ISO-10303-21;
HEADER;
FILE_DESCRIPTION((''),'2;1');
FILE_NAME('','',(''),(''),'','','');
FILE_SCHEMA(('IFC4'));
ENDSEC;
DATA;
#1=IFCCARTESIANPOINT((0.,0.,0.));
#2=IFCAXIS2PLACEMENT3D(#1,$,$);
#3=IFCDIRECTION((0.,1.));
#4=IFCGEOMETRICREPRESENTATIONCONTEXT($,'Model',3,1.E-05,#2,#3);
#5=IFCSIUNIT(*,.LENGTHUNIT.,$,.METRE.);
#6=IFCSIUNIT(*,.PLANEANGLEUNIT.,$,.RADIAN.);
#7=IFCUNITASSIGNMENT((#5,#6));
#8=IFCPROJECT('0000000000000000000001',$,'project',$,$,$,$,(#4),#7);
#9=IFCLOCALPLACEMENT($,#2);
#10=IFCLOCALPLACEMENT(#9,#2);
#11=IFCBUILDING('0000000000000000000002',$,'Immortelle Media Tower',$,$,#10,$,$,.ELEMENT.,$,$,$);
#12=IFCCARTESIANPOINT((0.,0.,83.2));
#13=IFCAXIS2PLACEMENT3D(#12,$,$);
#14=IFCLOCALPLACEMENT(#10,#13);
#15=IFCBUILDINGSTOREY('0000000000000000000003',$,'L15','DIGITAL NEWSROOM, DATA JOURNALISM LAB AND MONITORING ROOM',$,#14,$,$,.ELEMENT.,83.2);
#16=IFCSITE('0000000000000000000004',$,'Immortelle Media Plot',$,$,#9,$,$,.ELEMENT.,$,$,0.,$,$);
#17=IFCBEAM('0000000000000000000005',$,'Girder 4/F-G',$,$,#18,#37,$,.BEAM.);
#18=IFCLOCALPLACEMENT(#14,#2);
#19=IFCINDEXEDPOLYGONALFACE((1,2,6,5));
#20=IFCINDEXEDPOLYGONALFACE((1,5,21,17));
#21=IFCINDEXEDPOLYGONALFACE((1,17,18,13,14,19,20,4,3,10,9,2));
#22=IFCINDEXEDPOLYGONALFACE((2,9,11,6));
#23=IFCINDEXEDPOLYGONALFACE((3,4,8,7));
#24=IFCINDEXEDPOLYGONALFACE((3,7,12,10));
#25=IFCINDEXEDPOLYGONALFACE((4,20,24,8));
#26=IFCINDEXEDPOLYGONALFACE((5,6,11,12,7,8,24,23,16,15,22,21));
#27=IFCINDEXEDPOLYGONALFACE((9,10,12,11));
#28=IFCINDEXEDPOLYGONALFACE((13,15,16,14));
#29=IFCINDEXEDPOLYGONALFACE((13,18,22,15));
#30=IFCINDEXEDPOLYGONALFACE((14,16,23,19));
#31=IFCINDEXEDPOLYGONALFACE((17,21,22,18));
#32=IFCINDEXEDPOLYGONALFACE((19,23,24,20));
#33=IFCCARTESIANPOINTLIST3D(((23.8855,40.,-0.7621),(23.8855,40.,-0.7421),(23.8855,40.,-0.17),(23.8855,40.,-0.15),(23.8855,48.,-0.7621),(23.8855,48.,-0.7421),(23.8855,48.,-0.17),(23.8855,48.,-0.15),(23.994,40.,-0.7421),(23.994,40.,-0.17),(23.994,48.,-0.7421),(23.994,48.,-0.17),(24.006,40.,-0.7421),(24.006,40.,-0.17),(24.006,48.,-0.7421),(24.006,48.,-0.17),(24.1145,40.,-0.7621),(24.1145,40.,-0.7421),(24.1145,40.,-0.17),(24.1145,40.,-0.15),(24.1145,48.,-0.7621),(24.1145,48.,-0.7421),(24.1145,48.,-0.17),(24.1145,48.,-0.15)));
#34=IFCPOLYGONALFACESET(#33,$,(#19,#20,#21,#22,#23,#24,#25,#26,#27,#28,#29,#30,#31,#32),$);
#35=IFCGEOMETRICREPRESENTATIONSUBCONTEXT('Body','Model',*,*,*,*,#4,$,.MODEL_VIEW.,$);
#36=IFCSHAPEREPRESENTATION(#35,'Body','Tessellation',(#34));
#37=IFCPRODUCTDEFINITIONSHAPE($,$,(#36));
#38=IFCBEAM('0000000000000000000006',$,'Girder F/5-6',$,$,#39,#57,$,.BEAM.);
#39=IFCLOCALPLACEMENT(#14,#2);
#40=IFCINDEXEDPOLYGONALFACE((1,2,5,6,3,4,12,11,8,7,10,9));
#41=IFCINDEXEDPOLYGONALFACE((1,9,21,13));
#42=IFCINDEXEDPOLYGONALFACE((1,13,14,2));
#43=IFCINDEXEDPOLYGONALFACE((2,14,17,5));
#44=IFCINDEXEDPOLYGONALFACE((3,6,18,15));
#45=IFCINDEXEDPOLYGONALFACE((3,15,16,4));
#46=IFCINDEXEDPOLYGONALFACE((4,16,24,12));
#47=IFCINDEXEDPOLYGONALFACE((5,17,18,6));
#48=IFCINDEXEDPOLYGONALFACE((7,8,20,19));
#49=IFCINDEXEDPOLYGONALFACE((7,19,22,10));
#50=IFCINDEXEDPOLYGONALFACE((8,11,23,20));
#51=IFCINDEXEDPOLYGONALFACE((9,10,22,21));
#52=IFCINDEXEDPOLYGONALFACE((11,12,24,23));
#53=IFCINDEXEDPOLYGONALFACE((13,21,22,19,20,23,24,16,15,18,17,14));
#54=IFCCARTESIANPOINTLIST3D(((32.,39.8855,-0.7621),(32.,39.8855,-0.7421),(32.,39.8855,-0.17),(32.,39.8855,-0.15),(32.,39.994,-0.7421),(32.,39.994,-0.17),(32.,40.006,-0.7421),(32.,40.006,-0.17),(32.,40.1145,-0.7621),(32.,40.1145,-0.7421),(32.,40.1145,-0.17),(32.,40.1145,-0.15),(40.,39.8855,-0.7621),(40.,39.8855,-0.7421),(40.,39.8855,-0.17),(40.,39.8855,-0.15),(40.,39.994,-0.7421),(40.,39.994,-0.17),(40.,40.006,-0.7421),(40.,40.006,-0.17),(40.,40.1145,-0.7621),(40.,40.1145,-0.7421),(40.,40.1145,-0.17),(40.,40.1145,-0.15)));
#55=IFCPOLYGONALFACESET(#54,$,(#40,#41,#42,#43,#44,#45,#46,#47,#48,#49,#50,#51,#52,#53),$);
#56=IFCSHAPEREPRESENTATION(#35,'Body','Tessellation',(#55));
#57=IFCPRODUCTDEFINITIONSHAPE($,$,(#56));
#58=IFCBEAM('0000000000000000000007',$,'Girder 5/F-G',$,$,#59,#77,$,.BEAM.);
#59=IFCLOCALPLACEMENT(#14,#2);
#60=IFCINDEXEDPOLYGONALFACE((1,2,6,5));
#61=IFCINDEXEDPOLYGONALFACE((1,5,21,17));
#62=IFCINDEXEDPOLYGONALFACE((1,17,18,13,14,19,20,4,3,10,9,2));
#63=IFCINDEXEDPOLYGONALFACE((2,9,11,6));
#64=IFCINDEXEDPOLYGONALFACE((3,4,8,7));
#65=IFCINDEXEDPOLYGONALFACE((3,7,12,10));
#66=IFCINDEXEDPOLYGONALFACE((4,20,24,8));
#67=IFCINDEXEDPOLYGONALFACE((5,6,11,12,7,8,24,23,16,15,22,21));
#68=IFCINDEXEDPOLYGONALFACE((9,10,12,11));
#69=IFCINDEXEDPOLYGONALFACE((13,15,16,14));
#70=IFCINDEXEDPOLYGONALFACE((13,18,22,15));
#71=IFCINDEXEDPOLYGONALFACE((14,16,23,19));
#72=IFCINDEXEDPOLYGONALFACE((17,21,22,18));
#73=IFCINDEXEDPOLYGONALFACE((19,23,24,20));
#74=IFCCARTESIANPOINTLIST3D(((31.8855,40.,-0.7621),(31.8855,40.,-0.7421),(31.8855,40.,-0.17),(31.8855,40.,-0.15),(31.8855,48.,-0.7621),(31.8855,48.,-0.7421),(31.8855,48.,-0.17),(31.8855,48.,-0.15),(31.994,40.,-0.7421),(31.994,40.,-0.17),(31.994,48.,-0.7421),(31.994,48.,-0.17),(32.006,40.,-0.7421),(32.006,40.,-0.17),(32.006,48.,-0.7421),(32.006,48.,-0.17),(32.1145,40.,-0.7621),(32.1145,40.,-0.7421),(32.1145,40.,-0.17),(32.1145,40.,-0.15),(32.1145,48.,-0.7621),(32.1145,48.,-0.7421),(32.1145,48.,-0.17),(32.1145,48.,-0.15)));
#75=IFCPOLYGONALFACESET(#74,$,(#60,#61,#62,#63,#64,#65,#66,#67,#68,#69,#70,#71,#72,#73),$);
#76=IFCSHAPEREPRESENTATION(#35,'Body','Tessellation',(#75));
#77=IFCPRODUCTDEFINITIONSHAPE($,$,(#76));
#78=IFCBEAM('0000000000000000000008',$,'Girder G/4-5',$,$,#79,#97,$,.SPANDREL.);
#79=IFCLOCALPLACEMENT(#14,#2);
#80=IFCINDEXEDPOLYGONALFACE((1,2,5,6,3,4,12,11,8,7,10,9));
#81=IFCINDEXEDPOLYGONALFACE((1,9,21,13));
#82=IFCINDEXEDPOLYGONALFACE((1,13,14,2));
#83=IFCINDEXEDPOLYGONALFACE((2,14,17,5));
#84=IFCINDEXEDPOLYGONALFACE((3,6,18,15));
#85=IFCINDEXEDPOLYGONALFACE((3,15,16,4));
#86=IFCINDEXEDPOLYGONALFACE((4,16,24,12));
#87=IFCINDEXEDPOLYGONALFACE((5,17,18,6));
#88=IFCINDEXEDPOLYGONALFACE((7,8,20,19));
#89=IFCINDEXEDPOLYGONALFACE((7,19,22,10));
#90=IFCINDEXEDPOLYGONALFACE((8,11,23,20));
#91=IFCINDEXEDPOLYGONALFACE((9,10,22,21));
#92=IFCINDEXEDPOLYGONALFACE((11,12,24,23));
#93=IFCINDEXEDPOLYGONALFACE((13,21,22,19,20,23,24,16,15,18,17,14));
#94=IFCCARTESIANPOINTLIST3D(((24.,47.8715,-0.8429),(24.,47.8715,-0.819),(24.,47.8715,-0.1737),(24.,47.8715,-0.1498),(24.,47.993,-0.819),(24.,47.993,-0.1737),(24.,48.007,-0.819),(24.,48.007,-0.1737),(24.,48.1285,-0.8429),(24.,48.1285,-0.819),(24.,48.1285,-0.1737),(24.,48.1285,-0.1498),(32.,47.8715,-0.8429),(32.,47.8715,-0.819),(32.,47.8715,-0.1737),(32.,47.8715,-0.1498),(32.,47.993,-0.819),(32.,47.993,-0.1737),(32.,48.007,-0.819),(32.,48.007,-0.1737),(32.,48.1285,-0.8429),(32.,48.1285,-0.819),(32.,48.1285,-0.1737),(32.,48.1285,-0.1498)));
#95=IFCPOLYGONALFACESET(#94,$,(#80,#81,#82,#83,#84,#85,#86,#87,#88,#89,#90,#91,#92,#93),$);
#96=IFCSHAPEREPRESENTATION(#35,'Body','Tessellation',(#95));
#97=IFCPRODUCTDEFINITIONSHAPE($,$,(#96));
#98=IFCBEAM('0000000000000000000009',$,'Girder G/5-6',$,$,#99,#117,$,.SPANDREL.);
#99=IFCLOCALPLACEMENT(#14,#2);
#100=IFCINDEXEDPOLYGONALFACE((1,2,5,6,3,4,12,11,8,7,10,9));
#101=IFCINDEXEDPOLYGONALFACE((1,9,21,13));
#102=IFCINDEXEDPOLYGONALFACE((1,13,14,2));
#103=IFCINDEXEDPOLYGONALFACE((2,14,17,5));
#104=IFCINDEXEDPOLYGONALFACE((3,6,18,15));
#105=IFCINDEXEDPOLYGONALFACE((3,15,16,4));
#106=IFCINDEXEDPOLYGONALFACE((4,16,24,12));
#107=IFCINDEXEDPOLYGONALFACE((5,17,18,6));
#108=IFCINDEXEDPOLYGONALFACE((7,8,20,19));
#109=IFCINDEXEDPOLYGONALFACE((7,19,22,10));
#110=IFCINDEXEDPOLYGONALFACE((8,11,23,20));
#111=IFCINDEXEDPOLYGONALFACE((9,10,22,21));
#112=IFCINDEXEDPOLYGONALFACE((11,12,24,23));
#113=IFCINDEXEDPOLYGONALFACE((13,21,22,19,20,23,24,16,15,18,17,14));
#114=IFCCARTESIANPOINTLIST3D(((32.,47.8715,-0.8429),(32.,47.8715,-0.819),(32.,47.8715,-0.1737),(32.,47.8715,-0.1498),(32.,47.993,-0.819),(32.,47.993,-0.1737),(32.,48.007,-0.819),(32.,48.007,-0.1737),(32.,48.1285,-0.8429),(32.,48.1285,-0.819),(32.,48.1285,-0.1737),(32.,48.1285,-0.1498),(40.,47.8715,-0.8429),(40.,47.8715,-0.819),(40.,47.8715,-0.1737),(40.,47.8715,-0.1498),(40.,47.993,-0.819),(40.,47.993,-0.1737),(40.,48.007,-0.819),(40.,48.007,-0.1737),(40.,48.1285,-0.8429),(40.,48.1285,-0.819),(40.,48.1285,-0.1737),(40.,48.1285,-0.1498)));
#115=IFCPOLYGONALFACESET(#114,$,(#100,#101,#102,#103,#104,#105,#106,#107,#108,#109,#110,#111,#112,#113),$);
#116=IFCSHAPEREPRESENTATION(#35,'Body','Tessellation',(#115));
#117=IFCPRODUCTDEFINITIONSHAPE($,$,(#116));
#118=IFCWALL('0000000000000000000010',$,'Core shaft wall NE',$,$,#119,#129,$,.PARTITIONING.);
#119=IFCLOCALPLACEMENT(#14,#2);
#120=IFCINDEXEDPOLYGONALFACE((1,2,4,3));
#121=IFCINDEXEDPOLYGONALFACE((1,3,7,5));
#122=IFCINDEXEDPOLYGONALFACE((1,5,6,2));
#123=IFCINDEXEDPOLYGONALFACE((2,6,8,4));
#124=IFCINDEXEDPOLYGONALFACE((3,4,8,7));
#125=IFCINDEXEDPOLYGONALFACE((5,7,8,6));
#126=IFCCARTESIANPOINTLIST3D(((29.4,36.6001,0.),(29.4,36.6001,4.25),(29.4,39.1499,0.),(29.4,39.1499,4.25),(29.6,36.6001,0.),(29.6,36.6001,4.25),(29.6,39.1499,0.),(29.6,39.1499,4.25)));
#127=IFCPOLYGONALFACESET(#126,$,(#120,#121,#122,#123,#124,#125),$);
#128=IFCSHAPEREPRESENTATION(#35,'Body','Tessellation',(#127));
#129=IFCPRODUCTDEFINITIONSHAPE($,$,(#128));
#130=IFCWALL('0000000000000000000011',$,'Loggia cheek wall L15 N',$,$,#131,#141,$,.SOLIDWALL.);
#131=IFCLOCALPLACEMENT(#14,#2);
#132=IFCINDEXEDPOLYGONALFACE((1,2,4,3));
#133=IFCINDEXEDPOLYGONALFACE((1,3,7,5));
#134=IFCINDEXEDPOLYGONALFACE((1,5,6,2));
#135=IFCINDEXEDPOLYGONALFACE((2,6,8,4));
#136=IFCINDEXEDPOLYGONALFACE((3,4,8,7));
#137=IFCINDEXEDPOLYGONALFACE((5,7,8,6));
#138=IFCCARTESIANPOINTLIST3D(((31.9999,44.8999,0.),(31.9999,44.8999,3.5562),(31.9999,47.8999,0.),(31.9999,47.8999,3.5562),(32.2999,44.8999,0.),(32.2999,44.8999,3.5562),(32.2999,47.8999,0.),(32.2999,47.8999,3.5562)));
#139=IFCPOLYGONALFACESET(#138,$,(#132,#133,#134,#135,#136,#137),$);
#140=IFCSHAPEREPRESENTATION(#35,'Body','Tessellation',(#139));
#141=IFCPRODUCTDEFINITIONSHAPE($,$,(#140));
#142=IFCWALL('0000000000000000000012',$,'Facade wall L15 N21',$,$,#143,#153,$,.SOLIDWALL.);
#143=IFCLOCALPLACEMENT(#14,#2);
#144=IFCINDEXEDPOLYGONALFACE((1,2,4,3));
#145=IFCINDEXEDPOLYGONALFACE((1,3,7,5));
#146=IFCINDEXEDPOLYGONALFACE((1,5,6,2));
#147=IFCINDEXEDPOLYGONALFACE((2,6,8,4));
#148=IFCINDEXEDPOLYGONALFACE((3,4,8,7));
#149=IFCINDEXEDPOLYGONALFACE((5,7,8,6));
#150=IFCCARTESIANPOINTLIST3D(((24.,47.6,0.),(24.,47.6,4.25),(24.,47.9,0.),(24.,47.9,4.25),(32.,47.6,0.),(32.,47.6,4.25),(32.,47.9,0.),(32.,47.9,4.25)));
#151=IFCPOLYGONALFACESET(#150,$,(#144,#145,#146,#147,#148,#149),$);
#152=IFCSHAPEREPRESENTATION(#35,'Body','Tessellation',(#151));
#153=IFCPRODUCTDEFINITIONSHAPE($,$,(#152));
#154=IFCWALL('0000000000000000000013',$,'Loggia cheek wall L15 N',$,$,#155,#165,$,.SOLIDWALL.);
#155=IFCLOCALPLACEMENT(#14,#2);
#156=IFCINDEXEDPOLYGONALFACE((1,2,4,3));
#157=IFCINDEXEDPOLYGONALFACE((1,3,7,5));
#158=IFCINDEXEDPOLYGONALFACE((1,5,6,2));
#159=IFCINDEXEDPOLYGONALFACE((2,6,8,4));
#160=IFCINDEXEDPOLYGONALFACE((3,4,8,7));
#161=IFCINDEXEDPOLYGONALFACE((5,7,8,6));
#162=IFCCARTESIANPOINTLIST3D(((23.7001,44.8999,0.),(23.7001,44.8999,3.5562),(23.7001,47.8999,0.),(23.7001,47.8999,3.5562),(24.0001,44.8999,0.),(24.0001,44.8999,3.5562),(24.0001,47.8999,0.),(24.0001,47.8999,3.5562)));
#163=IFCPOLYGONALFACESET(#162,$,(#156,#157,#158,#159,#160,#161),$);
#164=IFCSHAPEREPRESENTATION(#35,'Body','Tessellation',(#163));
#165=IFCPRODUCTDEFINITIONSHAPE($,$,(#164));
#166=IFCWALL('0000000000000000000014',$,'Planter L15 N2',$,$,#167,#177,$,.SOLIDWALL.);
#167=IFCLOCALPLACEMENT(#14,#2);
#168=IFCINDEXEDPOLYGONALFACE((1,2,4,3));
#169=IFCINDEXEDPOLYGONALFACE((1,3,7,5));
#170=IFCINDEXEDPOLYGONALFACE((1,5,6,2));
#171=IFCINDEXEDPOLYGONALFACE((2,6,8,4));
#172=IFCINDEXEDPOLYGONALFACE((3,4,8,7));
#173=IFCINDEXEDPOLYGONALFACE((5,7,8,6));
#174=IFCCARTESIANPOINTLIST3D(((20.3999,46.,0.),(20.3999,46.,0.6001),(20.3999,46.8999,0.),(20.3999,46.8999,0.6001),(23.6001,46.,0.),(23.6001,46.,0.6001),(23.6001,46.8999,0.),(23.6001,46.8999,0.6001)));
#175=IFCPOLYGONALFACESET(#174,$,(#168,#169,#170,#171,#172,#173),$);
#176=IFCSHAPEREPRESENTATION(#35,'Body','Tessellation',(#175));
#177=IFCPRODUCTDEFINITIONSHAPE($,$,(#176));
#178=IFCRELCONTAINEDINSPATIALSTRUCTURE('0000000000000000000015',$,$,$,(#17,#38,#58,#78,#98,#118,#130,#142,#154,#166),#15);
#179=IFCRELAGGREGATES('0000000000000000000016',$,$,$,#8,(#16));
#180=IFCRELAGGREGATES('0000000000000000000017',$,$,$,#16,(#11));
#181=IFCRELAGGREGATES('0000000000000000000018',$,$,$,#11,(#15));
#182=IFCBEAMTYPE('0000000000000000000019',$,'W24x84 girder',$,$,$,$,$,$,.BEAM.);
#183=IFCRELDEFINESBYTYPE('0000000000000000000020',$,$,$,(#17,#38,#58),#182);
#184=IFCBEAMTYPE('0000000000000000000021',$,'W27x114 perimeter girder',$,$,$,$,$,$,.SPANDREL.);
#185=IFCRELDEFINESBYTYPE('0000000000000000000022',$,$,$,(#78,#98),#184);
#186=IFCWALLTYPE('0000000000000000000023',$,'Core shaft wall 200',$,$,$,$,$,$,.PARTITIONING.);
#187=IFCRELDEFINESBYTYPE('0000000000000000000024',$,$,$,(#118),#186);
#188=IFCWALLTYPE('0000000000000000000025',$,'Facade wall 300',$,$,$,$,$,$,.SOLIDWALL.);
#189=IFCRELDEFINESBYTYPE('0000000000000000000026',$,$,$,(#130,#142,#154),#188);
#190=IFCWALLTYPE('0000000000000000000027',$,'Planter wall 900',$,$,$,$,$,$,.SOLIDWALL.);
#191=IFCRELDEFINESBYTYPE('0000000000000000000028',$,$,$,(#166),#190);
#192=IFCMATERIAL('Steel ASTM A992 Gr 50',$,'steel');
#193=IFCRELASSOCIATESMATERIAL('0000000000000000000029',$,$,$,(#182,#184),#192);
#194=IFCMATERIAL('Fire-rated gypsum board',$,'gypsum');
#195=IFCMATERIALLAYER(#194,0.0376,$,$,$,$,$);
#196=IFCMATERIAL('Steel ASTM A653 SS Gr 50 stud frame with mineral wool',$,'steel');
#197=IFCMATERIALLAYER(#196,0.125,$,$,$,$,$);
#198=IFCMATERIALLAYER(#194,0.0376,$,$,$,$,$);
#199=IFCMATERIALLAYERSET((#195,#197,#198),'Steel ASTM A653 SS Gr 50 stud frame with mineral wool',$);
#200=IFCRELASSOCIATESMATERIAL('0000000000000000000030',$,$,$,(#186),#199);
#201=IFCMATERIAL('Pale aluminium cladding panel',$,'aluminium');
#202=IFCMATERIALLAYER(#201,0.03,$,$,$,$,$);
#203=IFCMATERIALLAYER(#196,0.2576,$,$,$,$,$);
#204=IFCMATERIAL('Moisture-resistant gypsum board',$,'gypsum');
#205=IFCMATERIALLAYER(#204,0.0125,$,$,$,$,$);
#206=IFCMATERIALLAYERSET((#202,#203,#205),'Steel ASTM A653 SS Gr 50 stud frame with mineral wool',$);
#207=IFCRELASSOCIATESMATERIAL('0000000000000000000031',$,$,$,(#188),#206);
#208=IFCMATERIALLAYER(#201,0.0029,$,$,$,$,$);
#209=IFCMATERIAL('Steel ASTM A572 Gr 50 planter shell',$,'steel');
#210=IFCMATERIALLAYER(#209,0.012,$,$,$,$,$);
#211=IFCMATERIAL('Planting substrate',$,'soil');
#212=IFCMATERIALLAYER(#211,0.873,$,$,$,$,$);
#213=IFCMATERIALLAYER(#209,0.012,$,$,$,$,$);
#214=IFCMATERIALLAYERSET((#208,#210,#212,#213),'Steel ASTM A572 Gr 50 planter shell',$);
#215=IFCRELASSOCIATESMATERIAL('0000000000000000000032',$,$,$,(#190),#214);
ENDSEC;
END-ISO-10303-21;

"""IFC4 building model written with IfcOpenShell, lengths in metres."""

from ifc_helpers import new_model, si_unit, direction, frame, frame_2d, origin, origin_2d, place, context, subcontext, project, spatial, rectangle, i_section, extrude, material, layer, layer_set, material_profile, profile_set, type_object, element, save


model = new_model("IFC4")

# Units and contexts
model_context = context("Model", 3, precision=1e-05, world=origin(), true_north=direction((0.0, 1.0)))
body_context = subcontext(model_context, "Body", "Model", "MODEL_VIEW")
ifc_project = project(units=[si_unit("LENGTHUNIT", "METRE"), si_unit("PLANEANGLEUNIT", "RADIAN")], contexts=[model_context])

# Site, building, storey
site_placement = place(None, origin())
site = spatial("IfcSite", under=ifc_project, at=site_placement, Name="Immortelle Media Plot", CompositionType="ELEMENT", RefElevation=0.0)
building_placement = place(site_placement, origin())
building = spatial("IfcBuilding", under=site, at=building_placement, Name="Immortelle Media Tower", CompositionType="ELEMENT")
storey_placement = place(building_placement, frame((0.0, 0.0, 83.2)))
storey = spatial("IfcBuildingStorey", under=building, at=storey_placement, Name="L15", Description="DIGITAL NEWSROOM, DATA JOURNALISM LAB AND MONITORING ROOM", CompositionType="ELEMENT", Elevation=83.2)

# Shared definitions
ifc_material_1 = material(Name="Steel ASTM A992 Gr 50", Category="steel")

# Beams
ifc_material_profile_1 = material_profile(ifc_material_1, i_section(OverallWidth=0.229, OverallDepth=0.6121, WebThickness=0.012, FlangeThickness=0.02, at=origin_2d()), Name="W24x84")
ifc_profile_set_1 = profile_set([ifc_material_profile_1], Name="Steel ASTM A992 Gr 50")
beam_type_1 = type_object("IfcBeamType", Name="W24x84 girder", PredefinedType="BEAM", material=ifc_profile_set_1)
for number, where, z_axis, x_axis, name in (
    (1, (24.0, 40.0, -0.4561), (0.0, 1.0, 0.0), (-1.0, 0.0, 0.0), "Girder 4/F-G"),
    (2, (32.0, 40.0, -0.4561), (1.0, 0.0, 0.0), (0.0, 1.0, 0.0), "Girder F/5-6"),
    (3, (32.0, 40.0, -0.4561), (0.0, 1.0, 0.0), (-1.0, 0.0, 0.0), "Girder 5/F-G"),
):
    element("IfcBeam", number, at=place(storey_placement, frame(where, z_axis=z_axis, x_axis=x_axis)), inside=storey, type_object=beam_type_1, Name=name, PredefinedType="BEAM", context=body_context, shape_type="SweptSolid", body=[
        extrude(i_section(OverallWidth=0.229, OverallDepth=0.6121, WebThickness=0.012, FlangeThickness=0.02, at=origin_2d()), origin(), (0.0, 0.0, 1.0), 8.0),
    ])
ifc_material_profile_2 = material_profile(ifc_material_1, i_section(OverallWidth=0.2571, OverallDepth=0.6931, WebThickness=0.0139, FlangeThickness=0.0239, at=origin_2d()), Name="W27x114")
ifc_profile_set_2 = profile_set([ifc_material_profile_2], Name="Steel ASTM A992 Gr 50")
beam_type_2 = type_object("IfcBeamType", Name="W27x114 perimeter girder", PredefinedType="SPANDREL", material=ifc_profile_set_2)
for number, where, z_axis, x_axis, name in (
    (4, (24.0, 48.0, -0.4963), (1.0, 0.0, 0.0), (0.0, 1.0, 0.0), "Girder G/4-5"),
    (5, (32.0, 48.0, -0.4963), (1.0, 0.0, 0.0), (0.0, 1.0, 0.0), "Girder G/5-6"),
):
    element("IfcBeam", number, at=place(storey_placement, frame(where, z_axis=z_axis, x_axis=x_axis)), inside=storey, type_object=beam_type_2, Name=name, PredefinedType="SPANDREL", context=body_context, shape_type="SweptSolid", body=[
        extrude(i_section(OverallWidth=0.2571, OverallDepth=0.6931, WebThickness=0.0139, FlangeThickness=0.0239, at=origin_2d()), origin(), (0.0, 0.0, 1.0), 8.0),
    ])

# Walls
ifc_material_2 = material(Name="Fire-rated gypsum board", Category="gypsum")
ifc_layer_1 = layer(ifc_material_2, 0.0376)
ifc_material_3 = material(Name="Steel ASTM A653 SS Gr 50 stud frame with mineral wool", Category="steel")
ifc_layer_2 = layer(ifc_material_3, 0.125)
ifc_layer_3 = layer(ifc_material_2, 0.0376)
ifc_layer_set_1 = layer_set([ifc_layer_1, ifc_layer_2, ifc_layer_3], Name="Steel ASTM A653 SS Gr 50 stud frame with mineral wool")
wall_type_1 = type_object("IfcWallType", Name="Core shaft wall 200", PredefinedType="PARTITIONING", material=ifc_layer_set_1)
wall_1_placement = place(storey_placement, frame((29.5, 36.6001, 0.0), z_axis=(0.0, 0.0, 1.0), x_axis=(0.0, 1.0, 0.0)))
element("IfcWall", 6, at=wall_1_placement, inside=storey, type_object=wall_type_1, Name="Core shaft wall NE", PredefinedType="PARTITIONING", context=body_context, shape_type="SweptSolid", body=[
    extrude(rectangle(XDim=2.5498, YDim=0.2, at=frame_2d((1.2749, 0.0))), origin(), (0.0, 0.0, 1.0), 4.25),
])
ifc_material_4 = material(Name="Pale aluminium cladding panel", Category="aluminium")
ifc_layer_4 = layer(ifc_material_4, 0.03)
ifc_layer_5 = layer(ifc_material_3, 0.2576)
ifc_material_5 = material(Name="Moisture-resistant gypsum board", Category="gypsum")
ifc_layer_6 = layer(ifc_material_5, 0.0125)
ifc_layer_set_2 = layer_set([ifc_layer_4, ifc_layer_5, ifc_layer_6], Name="Steel ASTM A653 SS Gr 50 stud frame with mineral wool")
wall_type_2 = type_object("IfcWallType", Name="Facade wall 300", PredefinedType="SOLIDWALL", material=ifc_layer_set_2)
wall_2_placement = place(storey_placement, frame((32.1499, 47.8999, 0.0), z_axis=(0.0, 0.0, 1.0), x_axis=(0.0, -1.0, 0.0)))
element("IfcWall", 7, at=wall_2_placement, inside=storey, type_object=wall_type_2, Name="Loggia cheek wall L15 N", PredefinedType="SOLIDWALL", context=body_context, shape_type="SweptSolid", body=[
    extrude(rectangle(XDim=3.0, YDim=0.3, at=frame_2d((1.5, 0.0))), origin(), (0.0, 0.0, 1.0), 3.5562),
])
wall_3_placement = place(storey_placement, frame((32.0, 47.75, 0.0), z_axis=(0.0, 0.0, 1.0), x_axis=(-1.0, 0.0, 0.0)))
element("IfcWall", 8, at=wall_3_placement, inside=storey, type_object=wall_type_2, Name="Facade wall L15 N21", PredefinedType="SOLIDWALL", context=body_context, shape_type="SweptSolid", body=[
    extrude(rectangle(XDim=8.0, YDim=0.3, at=frame_2d((4.0, 0.0))), origin(), (0.0, 0.0, 1.0), 4.25),
])

# Walls
wall_4_placement = place(storey_placement, frame((23.8501, 47.8999, 0.0), z_axis=(0.0, 0.0, 1.0), x_axis=(0.0, -1.0, 0.0)))
element("IfcWall", 9, at=wall_4_placement, inside=storey, type_object=wall_type_2, Name="Loggia cheek wall L15 N", PredefinedType="SOLIDWALL", context=body_context, shape_type="SweptSolid", body=[
    extrude(rectangle(XDim=3.0, YDim=0.3, at=frame_2d((1.5, 0.0))), origin(), (0.0, 0.0, 1.0), 3.5562),
])
ifc_layer_7 = layer(ifc_material_4, 0.0029)
ifc_material_6 = material(Name="Steel ASTM A572 Gr 50 planter shell", Category="steel")
ifc_layer_8 = layer(ifc_material_6, 0.012)
ifc_material_7 = material(Name="Planting substrate", Category="soil")
ifc_layer_9 = layer(ifc_material_7, 0.873)
ifc_layer_10 = layer(ifc_material_6, 0.012)
ifc_layer_set_3 = layer_set([ifc_layer_7, ifc_layer_8, ifc_layer_9, ifc_layer_10], Name="Steel ASTM A572 Gr 50 planter shell")
wall_type_3 = type_object("IfcWallType", Name="Planter wall 900", PredefinedType="SOLIDWALL", material=ifc_layer_set_3)
wall_5_placement = place(storey_placement, frame((23.6001, 46.45, 0.0), z_axis=(0.0, 0.0, 1.0), x_axis=(-1.0, 0.0, 0.0)))
element("IfcWall", 10, at=wall_5_placement, inside=storey, type_object=wall_type_3, Name="Planter L15 N2", PredefinedType="SOLIDWALL", context=body_context, shape_type="SweptSolid", body=[
    extrude(rectangle(XDim=3.2002, YDim=0.8999, at=frame_2d((1.6001, 0.0))), origin(), (0.0, 0.0, 1.0), 0.6001),
])

save(model, "model.ifc")
